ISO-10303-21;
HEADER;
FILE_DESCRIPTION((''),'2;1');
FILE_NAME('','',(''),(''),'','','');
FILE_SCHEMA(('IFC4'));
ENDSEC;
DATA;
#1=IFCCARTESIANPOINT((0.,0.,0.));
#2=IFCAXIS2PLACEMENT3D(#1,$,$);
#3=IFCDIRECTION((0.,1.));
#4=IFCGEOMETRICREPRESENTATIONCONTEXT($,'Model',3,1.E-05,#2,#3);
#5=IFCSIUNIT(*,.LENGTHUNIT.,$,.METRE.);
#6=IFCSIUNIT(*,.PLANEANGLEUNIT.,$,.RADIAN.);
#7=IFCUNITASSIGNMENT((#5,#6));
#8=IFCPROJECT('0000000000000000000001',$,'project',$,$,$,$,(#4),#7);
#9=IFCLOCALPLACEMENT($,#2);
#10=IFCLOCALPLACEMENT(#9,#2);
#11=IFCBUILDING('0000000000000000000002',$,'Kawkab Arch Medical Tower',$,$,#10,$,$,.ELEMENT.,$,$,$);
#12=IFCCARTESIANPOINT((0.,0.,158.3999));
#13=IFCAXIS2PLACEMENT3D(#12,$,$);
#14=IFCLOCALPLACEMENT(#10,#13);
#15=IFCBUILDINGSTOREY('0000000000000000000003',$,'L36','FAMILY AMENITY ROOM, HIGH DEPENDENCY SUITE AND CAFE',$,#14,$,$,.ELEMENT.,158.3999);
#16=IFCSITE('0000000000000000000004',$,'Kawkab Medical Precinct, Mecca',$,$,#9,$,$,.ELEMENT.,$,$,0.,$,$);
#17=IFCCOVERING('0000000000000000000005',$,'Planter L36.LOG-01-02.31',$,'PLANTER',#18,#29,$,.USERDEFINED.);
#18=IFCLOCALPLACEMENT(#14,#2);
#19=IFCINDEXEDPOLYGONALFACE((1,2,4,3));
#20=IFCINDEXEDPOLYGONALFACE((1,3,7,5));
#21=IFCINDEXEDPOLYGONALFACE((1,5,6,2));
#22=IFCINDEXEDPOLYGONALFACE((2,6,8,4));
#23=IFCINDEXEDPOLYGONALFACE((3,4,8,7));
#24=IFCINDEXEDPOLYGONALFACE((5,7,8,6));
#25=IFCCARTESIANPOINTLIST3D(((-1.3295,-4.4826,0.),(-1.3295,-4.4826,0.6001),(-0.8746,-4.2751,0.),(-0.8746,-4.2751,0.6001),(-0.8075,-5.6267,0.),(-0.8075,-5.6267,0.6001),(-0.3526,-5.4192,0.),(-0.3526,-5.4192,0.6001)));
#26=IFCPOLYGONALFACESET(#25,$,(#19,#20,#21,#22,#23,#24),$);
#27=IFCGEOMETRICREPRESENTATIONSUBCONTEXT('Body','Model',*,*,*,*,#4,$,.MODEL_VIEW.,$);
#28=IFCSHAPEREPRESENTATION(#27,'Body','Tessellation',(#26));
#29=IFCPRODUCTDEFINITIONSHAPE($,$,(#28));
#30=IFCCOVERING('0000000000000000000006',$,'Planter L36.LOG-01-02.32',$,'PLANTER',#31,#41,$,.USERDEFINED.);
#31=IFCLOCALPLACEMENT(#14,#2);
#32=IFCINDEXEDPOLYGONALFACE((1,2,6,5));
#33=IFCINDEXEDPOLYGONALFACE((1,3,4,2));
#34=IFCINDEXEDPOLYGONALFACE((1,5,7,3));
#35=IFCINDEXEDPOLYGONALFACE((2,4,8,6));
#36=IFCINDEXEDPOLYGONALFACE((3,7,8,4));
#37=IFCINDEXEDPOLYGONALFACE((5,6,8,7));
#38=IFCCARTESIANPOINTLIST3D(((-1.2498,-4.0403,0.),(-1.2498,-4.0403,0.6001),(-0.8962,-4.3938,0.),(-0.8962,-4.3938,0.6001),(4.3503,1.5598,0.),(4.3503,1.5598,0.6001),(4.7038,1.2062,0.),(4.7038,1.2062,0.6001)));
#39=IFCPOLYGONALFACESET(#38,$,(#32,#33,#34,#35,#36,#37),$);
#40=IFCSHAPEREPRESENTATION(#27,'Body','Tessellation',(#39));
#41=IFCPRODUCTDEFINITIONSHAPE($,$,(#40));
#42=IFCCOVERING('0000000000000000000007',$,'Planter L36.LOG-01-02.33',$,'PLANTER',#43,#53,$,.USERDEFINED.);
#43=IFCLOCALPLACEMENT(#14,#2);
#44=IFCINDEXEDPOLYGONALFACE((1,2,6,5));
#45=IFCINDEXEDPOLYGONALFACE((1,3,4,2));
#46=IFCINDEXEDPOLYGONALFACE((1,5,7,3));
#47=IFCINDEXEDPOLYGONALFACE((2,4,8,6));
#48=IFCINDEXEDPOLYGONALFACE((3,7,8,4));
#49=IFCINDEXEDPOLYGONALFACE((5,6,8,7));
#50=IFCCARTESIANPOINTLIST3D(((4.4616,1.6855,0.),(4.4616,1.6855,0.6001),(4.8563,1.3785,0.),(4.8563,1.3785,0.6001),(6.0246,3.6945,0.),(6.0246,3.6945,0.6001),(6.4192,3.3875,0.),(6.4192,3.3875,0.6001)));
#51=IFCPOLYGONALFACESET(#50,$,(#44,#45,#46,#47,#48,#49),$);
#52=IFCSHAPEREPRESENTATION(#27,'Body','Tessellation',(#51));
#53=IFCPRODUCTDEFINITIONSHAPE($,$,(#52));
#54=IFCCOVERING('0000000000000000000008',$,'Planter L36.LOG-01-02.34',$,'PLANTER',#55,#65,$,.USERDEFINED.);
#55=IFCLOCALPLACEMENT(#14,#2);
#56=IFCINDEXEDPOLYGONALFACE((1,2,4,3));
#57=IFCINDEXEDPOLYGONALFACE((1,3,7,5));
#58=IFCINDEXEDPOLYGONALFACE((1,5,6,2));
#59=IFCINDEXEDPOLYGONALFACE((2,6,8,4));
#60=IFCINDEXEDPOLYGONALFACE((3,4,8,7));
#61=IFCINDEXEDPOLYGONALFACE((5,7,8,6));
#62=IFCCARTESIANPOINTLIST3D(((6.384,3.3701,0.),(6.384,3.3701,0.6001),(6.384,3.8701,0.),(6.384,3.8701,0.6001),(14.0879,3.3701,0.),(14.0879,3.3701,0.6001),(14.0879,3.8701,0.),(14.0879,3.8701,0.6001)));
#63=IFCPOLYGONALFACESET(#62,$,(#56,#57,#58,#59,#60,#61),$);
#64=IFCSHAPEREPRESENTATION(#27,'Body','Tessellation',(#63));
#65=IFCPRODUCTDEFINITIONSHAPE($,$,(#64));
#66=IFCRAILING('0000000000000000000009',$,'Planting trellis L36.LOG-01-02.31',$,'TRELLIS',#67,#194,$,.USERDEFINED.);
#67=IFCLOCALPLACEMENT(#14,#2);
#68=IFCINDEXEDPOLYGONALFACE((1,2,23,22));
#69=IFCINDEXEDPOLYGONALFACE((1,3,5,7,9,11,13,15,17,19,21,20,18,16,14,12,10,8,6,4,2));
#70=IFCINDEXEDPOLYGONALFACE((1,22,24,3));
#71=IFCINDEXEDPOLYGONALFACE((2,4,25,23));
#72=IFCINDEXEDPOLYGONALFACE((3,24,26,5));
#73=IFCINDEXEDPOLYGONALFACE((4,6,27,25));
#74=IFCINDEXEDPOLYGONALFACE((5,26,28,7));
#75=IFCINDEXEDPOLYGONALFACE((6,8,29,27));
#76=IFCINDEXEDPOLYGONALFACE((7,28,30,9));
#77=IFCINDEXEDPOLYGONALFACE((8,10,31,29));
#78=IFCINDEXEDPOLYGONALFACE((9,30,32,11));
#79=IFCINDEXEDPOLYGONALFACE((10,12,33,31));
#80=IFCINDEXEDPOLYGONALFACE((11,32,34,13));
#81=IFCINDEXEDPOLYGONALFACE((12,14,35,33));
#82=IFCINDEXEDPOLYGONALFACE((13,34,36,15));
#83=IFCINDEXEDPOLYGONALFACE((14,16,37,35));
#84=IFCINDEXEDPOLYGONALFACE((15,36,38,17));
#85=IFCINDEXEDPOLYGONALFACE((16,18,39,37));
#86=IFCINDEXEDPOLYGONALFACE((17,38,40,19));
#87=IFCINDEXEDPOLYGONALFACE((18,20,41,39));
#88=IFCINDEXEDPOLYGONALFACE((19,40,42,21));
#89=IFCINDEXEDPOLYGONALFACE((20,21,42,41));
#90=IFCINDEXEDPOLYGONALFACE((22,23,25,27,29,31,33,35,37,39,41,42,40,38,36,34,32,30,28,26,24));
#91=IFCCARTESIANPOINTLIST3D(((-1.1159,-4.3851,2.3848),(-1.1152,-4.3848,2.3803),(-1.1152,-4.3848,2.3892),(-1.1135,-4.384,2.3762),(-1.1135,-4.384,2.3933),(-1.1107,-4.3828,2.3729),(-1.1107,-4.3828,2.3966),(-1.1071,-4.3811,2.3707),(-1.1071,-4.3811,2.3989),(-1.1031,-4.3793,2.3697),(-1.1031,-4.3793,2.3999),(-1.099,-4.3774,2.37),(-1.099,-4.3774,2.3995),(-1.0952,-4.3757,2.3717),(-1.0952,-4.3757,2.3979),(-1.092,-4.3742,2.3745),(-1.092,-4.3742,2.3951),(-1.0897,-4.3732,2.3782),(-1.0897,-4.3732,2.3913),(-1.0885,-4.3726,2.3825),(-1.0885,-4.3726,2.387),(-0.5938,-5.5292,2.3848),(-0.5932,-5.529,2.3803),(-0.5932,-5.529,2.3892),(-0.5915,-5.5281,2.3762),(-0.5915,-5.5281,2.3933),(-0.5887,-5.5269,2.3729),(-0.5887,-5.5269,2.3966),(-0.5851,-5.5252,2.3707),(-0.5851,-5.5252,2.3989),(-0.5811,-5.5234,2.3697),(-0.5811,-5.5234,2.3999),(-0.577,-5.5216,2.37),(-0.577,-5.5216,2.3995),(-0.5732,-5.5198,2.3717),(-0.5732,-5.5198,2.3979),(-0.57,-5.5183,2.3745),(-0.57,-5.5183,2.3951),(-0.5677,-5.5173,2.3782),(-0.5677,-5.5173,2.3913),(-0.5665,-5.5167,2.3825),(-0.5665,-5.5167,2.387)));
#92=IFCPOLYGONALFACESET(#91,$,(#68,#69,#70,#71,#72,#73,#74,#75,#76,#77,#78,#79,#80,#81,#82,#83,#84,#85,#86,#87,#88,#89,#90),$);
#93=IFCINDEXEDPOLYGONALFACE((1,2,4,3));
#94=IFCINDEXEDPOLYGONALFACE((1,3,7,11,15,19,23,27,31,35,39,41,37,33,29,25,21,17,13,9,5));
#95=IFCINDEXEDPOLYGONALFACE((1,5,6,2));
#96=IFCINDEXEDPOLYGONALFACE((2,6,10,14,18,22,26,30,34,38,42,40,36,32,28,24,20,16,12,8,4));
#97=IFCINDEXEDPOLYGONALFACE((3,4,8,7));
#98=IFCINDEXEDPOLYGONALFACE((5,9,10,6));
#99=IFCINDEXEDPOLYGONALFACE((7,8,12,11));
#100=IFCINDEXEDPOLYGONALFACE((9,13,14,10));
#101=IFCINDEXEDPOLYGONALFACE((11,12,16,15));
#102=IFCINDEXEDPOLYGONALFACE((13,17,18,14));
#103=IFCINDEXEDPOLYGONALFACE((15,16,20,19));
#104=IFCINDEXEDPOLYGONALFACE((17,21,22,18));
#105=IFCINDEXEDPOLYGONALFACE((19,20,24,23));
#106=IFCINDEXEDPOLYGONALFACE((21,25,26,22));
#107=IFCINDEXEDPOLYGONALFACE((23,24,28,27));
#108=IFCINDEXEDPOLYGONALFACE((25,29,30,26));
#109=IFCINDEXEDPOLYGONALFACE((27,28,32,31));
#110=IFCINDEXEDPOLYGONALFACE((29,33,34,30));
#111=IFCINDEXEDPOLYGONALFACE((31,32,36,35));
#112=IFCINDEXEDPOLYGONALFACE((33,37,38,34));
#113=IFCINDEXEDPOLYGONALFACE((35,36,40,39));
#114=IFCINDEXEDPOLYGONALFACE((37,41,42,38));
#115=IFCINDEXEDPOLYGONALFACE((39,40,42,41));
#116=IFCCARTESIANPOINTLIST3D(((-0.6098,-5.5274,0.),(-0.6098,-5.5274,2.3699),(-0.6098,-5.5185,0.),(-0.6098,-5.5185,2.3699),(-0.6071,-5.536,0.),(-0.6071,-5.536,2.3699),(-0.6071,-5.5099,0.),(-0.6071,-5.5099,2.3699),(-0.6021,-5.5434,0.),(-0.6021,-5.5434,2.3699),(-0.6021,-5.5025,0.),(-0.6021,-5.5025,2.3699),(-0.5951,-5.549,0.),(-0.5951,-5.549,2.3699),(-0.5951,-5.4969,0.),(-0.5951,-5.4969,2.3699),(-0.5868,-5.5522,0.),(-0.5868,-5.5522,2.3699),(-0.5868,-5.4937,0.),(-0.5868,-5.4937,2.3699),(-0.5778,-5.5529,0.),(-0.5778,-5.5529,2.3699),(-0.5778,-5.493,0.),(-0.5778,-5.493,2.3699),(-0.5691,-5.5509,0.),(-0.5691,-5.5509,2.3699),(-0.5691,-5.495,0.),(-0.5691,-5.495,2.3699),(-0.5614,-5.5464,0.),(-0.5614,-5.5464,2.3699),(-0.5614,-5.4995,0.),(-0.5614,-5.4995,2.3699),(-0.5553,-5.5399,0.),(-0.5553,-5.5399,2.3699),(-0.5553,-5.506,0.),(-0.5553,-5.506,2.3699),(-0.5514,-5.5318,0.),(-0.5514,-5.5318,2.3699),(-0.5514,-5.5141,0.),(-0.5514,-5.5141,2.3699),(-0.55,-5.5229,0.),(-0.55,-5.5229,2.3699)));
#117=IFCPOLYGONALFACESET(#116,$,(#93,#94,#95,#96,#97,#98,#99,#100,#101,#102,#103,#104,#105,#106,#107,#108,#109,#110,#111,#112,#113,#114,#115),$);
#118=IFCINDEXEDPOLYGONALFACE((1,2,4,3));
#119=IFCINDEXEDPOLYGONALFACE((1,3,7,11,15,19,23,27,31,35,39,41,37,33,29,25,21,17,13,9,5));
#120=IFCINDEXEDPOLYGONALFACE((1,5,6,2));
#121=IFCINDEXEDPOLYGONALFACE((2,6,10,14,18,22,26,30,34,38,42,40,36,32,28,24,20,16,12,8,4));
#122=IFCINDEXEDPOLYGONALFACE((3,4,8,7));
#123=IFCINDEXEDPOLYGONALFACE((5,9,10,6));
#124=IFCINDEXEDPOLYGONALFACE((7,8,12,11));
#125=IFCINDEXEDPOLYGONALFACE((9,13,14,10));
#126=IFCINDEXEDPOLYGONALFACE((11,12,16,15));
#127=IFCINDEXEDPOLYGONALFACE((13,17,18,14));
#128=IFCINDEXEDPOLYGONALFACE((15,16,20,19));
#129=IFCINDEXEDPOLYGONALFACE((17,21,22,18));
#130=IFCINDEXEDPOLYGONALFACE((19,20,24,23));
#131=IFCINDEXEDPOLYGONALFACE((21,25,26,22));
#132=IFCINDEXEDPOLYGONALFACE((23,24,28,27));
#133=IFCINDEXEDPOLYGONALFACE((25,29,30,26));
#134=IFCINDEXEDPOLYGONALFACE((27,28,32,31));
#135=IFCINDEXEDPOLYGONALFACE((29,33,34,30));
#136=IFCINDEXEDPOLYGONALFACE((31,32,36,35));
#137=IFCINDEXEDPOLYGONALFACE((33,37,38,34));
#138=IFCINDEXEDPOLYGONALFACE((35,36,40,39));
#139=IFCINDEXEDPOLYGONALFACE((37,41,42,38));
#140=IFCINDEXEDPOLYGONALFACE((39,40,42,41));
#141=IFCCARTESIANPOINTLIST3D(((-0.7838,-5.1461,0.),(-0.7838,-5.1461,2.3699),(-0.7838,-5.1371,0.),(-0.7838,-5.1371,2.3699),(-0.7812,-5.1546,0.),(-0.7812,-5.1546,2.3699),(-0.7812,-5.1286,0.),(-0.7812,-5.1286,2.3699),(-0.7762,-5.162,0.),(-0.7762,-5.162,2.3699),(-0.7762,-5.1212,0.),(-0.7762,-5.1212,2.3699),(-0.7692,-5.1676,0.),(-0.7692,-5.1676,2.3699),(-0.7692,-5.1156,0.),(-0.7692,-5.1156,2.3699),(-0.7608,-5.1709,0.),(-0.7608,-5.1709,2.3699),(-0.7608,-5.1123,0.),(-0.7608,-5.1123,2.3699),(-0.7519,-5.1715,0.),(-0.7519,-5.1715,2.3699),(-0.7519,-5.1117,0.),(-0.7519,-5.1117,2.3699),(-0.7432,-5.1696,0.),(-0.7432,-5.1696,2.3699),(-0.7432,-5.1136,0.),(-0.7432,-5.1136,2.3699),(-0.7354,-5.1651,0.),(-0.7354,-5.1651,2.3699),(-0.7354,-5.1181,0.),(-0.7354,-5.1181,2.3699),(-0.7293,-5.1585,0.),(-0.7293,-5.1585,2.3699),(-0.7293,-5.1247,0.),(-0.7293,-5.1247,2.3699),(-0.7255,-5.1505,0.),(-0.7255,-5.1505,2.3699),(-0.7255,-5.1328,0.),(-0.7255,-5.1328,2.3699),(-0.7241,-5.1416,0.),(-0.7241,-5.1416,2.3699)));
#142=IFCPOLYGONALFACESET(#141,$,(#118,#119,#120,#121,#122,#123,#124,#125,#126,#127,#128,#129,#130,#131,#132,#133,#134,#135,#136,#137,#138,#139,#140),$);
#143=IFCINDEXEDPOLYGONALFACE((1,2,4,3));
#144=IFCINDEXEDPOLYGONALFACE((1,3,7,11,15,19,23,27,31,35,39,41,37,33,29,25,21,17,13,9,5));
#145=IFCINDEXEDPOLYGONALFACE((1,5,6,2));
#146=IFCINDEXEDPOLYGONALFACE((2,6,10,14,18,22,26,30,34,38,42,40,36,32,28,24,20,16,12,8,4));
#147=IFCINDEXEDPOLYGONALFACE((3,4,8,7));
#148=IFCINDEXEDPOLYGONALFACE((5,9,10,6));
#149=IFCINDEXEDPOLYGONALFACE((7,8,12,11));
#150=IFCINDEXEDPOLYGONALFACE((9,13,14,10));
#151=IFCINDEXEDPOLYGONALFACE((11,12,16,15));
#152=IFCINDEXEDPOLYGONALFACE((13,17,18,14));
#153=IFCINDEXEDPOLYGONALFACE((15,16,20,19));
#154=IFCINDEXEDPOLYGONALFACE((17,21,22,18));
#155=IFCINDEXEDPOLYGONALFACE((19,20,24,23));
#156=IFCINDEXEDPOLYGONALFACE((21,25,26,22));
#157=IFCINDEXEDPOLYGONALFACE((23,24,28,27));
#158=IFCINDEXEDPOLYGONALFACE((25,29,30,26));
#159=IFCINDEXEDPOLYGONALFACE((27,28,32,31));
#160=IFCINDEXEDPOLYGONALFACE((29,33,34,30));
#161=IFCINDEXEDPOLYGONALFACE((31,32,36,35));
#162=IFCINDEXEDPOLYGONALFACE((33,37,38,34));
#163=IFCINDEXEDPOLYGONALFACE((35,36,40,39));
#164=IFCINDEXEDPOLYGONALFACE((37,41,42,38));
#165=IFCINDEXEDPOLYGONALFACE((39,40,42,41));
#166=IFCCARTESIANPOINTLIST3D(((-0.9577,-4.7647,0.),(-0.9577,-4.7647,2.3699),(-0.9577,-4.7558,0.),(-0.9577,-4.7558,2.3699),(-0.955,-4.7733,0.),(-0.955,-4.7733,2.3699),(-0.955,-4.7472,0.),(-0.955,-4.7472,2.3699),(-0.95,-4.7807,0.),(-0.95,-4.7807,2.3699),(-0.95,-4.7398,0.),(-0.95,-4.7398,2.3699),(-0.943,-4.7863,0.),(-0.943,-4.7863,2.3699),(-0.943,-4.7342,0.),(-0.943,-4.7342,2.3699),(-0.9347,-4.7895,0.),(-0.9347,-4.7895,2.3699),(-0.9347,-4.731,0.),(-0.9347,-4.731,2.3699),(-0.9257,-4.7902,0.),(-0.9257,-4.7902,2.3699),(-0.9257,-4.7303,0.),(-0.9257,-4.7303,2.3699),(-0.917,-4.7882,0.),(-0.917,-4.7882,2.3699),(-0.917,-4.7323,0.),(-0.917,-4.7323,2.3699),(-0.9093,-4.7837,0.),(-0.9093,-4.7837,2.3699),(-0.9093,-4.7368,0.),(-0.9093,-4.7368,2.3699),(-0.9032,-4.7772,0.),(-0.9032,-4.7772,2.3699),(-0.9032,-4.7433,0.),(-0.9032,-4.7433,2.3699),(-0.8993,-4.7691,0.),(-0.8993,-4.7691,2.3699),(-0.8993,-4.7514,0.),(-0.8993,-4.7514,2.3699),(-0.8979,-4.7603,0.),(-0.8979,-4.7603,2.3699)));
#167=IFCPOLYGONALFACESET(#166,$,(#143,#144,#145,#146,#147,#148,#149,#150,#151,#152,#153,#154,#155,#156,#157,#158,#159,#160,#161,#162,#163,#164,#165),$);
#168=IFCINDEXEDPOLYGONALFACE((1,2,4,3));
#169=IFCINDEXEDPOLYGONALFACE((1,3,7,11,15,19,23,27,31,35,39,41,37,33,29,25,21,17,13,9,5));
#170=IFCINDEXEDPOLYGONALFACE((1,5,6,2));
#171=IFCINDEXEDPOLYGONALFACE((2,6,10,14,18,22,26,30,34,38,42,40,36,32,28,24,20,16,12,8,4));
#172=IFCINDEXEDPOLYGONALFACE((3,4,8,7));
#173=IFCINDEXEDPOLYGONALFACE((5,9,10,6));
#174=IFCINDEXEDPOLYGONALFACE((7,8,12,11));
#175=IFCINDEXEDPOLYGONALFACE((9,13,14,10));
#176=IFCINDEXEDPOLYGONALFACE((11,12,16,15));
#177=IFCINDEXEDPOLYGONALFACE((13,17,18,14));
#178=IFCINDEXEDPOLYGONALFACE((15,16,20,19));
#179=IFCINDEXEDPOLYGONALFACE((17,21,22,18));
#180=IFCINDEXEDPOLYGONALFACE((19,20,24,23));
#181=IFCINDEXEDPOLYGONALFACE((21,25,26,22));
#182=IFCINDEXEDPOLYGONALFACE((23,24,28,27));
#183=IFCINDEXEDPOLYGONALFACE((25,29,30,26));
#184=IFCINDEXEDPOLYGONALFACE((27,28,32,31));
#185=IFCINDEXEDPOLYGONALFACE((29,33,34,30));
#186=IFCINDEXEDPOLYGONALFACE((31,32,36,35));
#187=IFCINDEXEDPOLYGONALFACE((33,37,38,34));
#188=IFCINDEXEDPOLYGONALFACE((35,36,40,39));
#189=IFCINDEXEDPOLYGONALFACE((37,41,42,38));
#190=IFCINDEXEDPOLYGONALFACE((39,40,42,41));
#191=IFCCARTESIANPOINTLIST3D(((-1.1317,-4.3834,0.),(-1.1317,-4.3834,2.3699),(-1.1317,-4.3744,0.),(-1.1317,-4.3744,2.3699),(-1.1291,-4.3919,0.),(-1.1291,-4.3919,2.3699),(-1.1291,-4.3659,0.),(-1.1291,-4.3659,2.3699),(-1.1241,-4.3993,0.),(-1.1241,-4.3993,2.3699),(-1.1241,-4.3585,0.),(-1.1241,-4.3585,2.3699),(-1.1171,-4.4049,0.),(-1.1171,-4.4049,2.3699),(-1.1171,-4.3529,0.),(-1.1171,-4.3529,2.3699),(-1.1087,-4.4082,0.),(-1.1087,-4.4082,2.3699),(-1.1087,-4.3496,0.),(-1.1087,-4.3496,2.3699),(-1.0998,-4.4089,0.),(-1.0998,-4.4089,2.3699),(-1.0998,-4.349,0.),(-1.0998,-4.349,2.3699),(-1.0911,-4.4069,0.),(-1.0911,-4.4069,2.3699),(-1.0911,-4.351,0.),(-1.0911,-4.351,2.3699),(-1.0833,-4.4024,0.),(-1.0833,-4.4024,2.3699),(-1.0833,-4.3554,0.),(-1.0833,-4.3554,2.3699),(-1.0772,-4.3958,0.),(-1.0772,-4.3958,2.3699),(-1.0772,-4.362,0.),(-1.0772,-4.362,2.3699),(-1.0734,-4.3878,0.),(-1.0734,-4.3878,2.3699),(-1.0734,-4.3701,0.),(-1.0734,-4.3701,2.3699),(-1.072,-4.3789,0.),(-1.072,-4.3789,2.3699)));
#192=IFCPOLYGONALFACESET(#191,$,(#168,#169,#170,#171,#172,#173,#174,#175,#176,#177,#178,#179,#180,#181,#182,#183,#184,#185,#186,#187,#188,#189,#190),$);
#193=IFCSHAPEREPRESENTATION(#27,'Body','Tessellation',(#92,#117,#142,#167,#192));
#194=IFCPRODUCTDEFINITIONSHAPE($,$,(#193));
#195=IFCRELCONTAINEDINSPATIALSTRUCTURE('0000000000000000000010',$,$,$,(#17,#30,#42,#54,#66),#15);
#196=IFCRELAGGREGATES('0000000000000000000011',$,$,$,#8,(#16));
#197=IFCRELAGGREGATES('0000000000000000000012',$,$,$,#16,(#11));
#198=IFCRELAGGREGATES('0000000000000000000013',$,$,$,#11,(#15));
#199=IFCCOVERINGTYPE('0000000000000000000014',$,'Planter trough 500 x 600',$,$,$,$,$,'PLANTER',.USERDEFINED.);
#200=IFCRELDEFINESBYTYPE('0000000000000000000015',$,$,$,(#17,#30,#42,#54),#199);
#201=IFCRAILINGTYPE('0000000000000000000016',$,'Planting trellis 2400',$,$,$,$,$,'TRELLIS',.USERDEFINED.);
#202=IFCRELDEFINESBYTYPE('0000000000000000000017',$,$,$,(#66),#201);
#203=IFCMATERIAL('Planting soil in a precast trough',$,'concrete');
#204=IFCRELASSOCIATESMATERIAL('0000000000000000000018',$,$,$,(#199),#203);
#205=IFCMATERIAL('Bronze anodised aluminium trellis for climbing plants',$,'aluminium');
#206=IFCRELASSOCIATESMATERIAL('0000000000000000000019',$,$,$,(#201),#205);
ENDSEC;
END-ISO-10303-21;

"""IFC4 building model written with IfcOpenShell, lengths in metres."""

from ifc_helpers import new_model, si_unit, direction, frame, origin, origin_2d, place, context, subcontext, project, spatial, rectangle, circle, extrude, material, material_profile, profile_set, type_object, element, save


model = new_model("IFC4")

# Units and contexts
model_context = context("Model", 3, precision=1e-05, world=origin(), true_north=direction((0.0, 1.0)))
body_context = subcontext(model_context, "Body", "Model", "MODEL_VIEW")
ifc_project = project(units=[si_unit("LENGTHUNIT", "METRE"), si_unit("PLANEANGLEUNIT", "RADIAN")], contexts=[model_context])

# Site, building, storey
site_placement = place(None, origin())
site = spatial("IfcSite", under=ifc_project, at=site_placement, Name="Kawkab Medical Precinct, Mecca", CompositionType="ELEMENT", RefElevation=0.0)
building_placement = place(site_placement, origin())
building = spatial("IfcBuilding", under=site, at=building_placement, Name="Kawkab Arch Medical Tower", CompositionType="ELEMENT")
storey_placement = place(building_placement, frame((0.0, 0.0, 158.3999)))
storey = spatial("IfcBuildingStorey", under=building, at=storey_placement, Name="L36", Description="FAMILY AMENITY ROOM, HIGH DEPENDENCY SUITE AND CAFE", CompositionType="ELEMENT", Elevation=158.3999)

# Coverings
ifc_material_1 = material(Name="Planting soil in a precast trough", Category="concrete")
ifc_material_profile_1 = material_profile(ifc_material_1, rectangle(XDim=0.5, YDim=0.6001, at=origin_2d()), Name="Trough 500x600")
ifc_profile_set_1 = profile_set([ifc_material_profile_1], Name="Planting soil in a precast trough")
covering_type = type_object("IfcCoveringType", Name="Planter trough 500 x 600", ElementType="PLANTER", PredefinedType="USERDEFINED", material=ifc_profile_set_1)
covering_1_placement = place(storey_placement, frame((-0.5801, -5.5229, 0.3), z_axis=(-0.41509, 0.90978, 0.0), x_axis=(-0.90978, -0.41509, 0.0)))
element("IfcCovering", 1, at=covering_1_placement, inside=storey, type_object=covering_type, Name="Planter L36.LOG-01-02.31", ObjectType="PLANTER", PredefinedType="USERDEFINED", context=body_context, shape_type="SweptSolid", body=[
    extrude(rectangle(XDim=0.5, YDim=0.6001, at=origin_2d()), origin(), (0.0, 0.0, 1.0), 1.2576),
])
covering_2_placement = place(storey_placement, frame((-1.073, -4.217, 0.3), z_axis=(0.707107, 0.707107, 0.0), x_axis=(-0.707107, 0.707107, 0.0)))
element("IfcCovering", 2, at=covering_2_placement, inside=storey, type_object=covering_type, Name="Planter L36.LOG-01-02.32", ObjectType="PLANTER", PredefinedType="USERDEFINED", context=body_context, shape_type="SweptSolid", body=[
    extrude(rectangle(XDim=0.5, YDim=0.6001, at=origin_2d()), origin(), (0.0, 0.0, 1.0), 7.9197),
])
covering_3_placement = place(storey_placement, frame((4.6589, 1.532, 0.3), z_axis=(0.61404, 0.789275, 0.0), x_axis=(-0.789275, 0.61404, 0.0)))
element("IfcCovering", 3, at=covering_3_placement, inside=storey, type_object=covering_type, Name="Planter L36.LOG-01-02.33", ObjectType="PLANTER", PredefinedType="USERDEFINED", context=body_context, shape_type="SweptSolid", body=[
    extrude(rectangle(XDim=0.5, YDim=0.6001, at=origin_2d()), origin(), (0.0, 0.0, 1.0), 2.5454),
])
covering_4_placement = place(storey_placement, frame((6.384, 3.6201, 0.3), z_axis=(1.0, 0.0, 0.0), x_axis=(0.0, 1.0, 0.0)))
element("IfcCovering", 4, at=covering_4_placement, inside=storey, type_object=covering_type, Name="Planter L36.LOG-01-02.34", ObjectType="PLANTER", PredefinedType="USERDEFINED", context=body_context, shape_type="SweptSolid", body=[
    extrude(rectangle(XDim=0.5, YDim=0.6001, at=origin_2d()), origin(), (0.0, 0.0, 1.0), 7.7039),
])

# Railing
ifc_material_2 = material(Name="Bronze anodised aluminium trellis for climbing plants", Category="aluminium")
railing_type = type_object("IfcRailingType", Name="Planting trellis 2400", ElementType="TRELLIS", PredefinedType="USERDEFINED", material=ifc_material_2)
railing_1_placement = place(storey_placement, frame((-0.5801, -5.5229, 0.0)))
element("IfcRailing", 5, at=railing_1_placement, inside=storey, type_object=railing_type, Name="Planting trellis L36.LOG-01-02.31", ObjectType="TRELLIS", PredefinedType="USERDEFINED", context=body_context, shape_type="SweptSolid", body=[
    extrude(circle(Radius=0.0151, at=origin_2d()), frame((0.0, 0.0, 2.3848), z_axis=(-0.41509, 0.90978, 0.0), x_axis=(-0.90978, -0.41509, 0.0)), (0.0, 0.0, 1.0), 1.2576),
    extrude(circle(Radius=0.03, at=origin_2d()), origin(), (0.0, 0.0, 1.0), 2.3699),
    extrude(circle(Radius=0.03, at=origin_2d()), frame((-0.1741, 0.3813, 0.0)), (0.0, 0.0, 1.0), 2.3699),
    extrude(circle(Radius=0.03, at=origin_2d()), frame((-0.3479, 0.7627, 0.0)), (0.0, 0.0, 1.0), 2.3699),
    extrude(circle(Radius=0.03, at=origin_2d()), frame((-0.522, 1.144, 0.0)), (0.0, 0.0, 1.0), 2.3699),
])

save(model, "model.ifc")
